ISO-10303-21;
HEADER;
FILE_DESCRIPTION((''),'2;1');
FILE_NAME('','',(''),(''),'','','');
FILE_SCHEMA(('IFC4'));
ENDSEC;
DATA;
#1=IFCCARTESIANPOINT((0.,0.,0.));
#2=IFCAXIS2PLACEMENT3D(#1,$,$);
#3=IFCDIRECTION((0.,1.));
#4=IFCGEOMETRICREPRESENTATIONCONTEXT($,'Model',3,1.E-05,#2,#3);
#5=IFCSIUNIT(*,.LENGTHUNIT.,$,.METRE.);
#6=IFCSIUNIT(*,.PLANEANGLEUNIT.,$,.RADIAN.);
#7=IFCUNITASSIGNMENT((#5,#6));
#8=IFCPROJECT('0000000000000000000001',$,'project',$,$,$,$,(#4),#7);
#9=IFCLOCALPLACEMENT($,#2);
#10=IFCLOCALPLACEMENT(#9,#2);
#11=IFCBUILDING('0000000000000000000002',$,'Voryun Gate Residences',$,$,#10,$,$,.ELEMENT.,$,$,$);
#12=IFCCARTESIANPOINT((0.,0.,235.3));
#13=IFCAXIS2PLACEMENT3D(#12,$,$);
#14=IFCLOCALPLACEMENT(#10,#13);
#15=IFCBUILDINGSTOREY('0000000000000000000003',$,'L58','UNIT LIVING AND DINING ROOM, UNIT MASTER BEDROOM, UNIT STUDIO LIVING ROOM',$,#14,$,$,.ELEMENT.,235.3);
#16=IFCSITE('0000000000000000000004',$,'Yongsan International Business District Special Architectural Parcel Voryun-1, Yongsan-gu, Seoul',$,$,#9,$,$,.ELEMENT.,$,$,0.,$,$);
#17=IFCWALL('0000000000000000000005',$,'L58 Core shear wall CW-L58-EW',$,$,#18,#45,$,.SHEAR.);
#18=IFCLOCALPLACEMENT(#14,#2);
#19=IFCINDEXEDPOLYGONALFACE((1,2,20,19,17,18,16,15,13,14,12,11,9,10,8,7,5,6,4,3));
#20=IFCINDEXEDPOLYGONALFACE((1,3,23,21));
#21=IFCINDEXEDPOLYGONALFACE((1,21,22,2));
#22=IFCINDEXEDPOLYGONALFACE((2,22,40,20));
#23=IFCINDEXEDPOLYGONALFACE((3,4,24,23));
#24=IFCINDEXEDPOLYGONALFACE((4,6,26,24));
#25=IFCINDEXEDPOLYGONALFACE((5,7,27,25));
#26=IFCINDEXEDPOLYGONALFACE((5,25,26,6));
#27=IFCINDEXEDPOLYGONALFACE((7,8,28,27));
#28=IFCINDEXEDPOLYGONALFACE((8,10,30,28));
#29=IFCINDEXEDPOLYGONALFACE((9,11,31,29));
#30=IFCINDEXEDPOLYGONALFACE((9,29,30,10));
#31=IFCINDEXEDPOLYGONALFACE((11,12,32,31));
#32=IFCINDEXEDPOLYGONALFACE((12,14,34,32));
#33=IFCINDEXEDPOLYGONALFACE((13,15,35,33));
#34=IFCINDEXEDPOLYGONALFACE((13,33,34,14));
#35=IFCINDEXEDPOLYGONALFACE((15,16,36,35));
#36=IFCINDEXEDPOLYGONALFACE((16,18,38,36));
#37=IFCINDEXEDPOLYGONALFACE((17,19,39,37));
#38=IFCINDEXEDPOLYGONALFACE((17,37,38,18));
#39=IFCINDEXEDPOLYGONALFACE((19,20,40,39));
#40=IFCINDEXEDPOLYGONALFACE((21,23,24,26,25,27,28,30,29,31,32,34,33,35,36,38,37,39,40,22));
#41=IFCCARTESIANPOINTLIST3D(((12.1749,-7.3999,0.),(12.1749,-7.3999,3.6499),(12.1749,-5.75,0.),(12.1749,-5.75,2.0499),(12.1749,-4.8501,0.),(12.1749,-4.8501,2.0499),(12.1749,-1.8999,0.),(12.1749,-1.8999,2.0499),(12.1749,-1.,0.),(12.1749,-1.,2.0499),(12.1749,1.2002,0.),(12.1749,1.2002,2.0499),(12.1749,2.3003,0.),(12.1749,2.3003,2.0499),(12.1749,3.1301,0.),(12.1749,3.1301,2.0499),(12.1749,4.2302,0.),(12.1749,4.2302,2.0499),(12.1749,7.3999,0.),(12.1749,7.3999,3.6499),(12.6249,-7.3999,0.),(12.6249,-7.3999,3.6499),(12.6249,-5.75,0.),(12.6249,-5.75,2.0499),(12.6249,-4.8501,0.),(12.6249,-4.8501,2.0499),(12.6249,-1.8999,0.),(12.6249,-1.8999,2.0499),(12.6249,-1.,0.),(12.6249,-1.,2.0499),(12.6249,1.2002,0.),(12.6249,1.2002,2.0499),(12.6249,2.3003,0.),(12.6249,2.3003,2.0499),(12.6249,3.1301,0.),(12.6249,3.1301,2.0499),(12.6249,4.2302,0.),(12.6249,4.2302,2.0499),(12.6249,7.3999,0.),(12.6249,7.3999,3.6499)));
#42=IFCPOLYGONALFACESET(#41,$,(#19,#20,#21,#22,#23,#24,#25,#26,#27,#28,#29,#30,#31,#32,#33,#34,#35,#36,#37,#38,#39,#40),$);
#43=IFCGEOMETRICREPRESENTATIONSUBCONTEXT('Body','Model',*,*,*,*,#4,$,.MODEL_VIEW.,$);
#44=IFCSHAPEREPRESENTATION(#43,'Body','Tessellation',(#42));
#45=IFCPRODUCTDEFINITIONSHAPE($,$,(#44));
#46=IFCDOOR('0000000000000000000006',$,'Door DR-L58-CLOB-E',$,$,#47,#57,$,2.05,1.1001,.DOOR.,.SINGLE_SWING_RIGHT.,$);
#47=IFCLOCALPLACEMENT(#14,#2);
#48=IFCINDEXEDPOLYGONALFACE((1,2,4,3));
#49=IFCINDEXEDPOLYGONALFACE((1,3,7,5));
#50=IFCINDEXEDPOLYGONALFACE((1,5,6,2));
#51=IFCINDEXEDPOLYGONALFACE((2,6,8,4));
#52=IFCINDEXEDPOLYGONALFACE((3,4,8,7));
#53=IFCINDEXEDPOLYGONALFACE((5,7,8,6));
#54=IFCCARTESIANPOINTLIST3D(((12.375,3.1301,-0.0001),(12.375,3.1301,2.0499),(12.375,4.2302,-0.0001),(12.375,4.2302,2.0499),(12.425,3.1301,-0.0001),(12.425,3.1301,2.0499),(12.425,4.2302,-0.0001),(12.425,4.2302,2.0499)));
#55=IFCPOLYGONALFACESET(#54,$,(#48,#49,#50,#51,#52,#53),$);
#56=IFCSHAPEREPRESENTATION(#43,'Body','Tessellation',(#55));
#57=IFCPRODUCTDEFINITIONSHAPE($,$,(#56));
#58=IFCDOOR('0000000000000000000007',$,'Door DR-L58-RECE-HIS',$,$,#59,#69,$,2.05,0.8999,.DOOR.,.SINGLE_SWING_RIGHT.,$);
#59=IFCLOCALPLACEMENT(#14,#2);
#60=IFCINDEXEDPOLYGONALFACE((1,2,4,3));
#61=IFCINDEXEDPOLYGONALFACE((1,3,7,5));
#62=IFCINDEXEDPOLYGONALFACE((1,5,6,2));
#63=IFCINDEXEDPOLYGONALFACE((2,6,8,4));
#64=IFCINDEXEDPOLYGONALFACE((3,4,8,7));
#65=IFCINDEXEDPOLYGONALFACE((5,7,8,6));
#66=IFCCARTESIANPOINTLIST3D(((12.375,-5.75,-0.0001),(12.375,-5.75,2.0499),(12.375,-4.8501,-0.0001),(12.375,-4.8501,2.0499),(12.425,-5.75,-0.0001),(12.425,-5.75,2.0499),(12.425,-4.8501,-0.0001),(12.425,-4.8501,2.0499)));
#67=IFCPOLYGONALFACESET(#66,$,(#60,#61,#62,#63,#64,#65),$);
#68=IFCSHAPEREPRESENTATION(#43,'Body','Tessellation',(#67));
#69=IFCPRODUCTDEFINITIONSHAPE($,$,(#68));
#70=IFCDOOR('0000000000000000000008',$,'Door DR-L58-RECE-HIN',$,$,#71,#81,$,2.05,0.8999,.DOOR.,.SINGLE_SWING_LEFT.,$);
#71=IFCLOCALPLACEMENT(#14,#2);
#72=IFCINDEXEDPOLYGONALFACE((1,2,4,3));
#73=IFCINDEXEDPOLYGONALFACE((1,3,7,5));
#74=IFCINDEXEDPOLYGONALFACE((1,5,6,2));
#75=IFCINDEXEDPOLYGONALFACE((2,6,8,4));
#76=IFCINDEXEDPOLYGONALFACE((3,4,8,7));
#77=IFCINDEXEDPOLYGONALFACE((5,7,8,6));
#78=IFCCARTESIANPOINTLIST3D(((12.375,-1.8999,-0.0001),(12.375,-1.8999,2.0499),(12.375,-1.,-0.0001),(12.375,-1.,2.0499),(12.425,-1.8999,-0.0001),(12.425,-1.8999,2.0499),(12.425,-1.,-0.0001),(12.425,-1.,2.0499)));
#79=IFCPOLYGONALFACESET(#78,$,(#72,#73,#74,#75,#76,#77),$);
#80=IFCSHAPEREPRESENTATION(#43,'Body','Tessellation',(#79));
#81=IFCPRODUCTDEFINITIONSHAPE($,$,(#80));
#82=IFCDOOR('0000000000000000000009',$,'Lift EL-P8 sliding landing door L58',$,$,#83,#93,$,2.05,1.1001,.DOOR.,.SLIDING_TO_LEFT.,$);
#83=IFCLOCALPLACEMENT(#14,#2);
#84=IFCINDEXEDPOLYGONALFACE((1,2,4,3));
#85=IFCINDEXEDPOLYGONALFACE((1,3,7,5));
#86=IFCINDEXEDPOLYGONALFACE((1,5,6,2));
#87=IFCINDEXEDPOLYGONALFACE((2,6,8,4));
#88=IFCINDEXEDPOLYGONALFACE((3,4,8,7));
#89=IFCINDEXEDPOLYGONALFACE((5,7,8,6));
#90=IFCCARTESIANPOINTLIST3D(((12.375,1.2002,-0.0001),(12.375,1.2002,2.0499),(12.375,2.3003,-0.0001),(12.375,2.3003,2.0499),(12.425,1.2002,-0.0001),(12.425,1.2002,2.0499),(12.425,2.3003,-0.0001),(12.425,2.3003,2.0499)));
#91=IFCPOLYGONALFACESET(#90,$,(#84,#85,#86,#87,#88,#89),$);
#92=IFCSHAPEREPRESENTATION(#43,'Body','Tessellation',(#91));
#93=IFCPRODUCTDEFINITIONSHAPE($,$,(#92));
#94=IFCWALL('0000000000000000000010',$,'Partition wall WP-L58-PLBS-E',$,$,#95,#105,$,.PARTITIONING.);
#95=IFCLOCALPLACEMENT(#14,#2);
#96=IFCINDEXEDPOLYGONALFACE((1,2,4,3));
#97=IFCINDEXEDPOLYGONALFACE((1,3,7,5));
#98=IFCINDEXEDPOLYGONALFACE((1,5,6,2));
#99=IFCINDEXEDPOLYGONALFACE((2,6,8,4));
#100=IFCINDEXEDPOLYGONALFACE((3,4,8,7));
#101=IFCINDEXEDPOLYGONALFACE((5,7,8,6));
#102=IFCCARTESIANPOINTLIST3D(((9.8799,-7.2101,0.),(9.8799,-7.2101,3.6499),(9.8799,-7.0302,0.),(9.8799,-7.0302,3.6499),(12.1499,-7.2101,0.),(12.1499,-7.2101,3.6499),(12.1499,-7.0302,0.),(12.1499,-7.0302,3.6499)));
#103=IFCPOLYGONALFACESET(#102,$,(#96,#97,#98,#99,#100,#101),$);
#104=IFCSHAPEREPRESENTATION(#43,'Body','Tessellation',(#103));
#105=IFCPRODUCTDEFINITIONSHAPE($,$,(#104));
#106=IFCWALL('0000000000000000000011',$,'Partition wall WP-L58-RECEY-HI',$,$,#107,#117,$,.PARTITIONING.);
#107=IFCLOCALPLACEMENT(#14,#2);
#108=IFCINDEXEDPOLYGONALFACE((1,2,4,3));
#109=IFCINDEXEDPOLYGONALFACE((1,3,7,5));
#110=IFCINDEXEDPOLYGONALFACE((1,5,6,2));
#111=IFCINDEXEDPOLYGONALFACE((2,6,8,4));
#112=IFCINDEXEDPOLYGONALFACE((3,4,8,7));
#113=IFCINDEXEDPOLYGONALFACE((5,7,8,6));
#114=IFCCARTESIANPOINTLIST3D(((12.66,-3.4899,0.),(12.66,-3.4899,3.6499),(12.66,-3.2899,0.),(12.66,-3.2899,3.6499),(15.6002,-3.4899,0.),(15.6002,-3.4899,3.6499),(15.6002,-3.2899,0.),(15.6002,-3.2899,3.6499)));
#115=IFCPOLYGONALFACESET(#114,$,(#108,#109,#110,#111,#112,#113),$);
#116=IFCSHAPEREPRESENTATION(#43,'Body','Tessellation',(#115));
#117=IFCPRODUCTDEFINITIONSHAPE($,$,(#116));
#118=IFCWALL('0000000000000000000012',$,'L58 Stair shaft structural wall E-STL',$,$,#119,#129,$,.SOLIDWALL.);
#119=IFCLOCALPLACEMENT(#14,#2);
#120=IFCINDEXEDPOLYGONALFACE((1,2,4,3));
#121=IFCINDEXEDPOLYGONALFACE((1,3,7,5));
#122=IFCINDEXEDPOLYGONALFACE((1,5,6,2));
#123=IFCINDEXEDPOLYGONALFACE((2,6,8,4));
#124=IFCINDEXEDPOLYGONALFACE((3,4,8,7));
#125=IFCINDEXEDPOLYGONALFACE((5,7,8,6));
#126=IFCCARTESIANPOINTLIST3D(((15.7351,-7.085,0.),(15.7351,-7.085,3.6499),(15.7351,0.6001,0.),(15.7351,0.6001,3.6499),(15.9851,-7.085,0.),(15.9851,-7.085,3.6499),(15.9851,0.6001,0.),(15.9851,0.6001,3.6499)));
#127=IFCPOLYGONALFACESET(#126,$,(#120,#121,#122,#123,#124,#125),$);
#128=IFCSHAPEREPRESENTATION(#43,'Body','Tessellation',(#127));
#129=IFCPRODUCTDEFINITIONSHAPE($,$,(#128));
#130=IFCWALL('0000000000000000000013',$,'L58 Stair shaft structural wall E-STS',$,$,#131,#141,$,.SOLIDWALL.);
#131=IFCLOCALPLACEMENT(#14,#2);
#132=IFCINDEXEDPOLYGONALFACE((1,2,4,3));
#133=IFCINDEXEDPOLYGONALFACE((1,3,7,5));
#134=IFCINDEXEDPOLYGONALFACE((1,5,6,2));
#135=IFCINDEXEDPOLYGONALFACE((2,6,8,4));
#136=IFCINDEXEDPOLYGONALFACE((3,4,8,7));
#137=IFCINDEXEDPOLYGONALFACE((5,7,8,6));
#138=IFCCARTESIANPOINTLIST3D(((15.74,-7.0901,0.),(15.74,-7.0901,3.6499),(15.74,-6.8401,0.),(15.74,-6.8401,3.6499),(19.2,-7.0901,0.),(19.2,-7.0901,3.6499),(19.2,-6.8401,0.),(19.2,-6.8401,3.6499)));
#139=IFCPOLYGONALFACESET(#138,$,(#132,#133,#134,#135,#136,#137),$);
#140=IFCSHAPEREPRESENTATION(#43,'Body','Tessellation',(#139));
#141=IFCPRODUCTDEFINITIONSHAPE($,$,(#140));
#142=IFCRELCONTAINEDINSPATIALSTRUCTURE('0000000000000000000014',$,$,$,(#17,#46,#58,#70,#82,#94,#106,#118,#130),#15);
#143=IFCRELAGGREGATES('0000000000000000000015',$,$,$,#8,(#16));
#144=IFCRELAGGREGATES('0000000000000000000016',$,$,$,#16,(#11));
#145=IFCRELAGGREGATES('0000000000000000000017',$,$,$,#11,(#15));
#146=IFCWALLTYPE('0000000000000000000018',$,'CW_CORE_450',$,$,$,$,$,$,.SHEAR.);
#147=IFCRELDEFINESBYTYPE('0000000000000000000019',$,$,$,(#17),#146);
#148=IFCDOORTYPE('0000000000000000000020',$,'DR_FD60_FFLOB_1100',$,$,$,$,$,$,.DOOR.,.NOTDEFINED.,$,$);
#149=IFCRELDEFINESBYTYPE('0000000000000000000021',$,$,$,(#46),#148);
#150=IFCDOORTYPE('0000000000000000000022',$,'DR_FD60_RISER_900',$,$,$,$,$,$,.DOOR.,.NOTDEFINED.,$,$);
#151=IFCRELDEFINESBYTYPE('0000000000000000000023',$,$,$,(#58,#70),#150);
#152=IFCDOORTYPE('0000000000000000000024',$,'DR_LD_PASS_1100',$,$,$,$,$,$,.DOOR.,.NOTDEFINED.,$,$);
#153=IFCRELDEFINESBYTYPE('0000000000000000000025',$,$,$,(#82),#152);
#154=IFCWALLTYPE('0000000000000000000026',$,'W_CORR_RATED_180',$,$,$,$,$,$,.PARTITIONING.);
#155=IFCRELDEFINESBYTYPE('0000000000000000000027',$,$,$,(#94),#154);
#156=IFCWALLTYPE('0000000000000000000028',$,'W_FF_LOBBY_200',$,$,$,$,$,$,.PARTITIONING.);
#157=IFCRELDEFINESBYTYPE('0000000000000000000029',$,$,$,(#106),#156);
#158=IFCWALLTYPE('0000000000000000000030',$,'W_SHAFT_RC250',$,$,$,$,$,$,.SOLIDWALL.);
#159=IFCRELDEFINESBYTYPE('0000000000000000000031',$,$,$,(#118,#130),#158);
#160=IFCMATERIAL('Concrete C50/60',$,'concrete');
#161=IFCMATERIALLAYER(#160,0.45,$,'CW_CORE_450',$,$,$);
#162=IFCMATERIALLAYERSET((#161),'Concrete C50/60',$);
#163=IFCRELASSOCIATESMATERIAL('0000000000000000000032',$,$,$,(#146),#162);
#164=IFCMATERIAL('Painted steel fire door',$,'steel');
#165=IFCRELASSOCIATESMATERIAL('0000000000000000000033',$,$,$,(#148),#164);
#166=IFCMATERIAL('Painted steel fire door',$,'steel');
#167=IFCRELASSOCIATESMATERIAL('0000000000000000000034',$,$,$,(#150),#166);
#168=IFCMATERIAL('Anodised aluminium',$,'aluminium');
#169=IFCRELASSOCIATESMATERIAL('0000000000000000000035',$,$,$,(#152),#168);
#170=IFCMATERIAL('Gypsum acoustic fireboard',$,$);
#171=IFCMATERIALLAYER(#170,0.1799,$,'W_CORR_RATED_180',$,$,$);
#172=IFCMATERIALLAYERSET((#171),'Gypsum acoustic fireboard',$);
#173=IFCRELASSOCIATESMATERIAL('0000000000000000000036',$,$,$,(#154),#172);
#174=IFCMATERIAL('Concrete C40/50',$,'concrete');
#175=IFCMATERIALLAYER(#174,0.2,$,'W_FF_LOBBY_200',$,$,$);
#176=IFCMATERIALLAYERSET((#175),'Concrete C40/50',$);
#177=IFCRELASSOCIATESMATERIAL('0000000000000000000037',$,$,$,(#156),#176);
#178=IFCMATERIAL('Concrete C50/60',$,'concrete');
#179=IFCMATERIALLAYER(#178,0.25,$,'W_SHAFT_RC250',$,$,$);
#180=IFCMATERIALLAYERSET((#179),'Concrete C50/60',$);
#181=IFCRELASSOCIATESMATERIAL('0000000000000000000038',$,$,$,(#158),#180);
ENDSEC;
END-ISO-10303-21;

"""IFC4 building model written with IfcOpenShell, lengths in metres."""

from ifc_helpers import new_model, si_unit, direction, frame, frame_2d, origin, place, context, subcontext, project, spatial, rectangle, extrude, material, layer, layer_set, type_object, element, fill, save


model = new_model("IFC4")

# Units and contexts
model_context = context("Model", 3, precision=1e-05, world=origin(), true_north=direction((0.0, 1.0)))
body_context = subcontext(model_context, "Body", "Model", "MODEL_VIEW")
ifc_project = project(units=[si_unit("LENGTHUNIT", "METRE"), si_unit("PLANEANGLEUNIT", "RADIAN")], contexts=[model_context])

# Site, building, storey
site_placement = place(None, origin())
site = spatial("IfcSite", under=ifc_project, at=site_placement, Name="Yongsan International Business District Special Architectural Parcel Voryun-1, Yongsan-gu, Seoul", CompositionType="ELEMENT", RefElevation=0.0)
building_placement = place(site_placement, origin())
building = spatial("IfcBuilding", under=site, at=building_placement, Name="Voryun Gate Residences", CompositionType="ELEMENT")
storey_placement = place(building_placement, frame((0.0, 0.0, 235.3)))
storey = spatial("IfcBuildingStorey", under=building, at=storey_placement, Name="L58", Description="UNIT LIVING AND DINING ROOM, UNIT MASTER BEDROOM, UNIT STUDIO LIVING ROOM", CompositionType="ELEMENT", Elevation=235.3)

# Shared definitions
ifc_material_1 = material(Name="Concrete C50/60", Category="concrete")
ifc_layer_1 = layer(ifc_material_1, 0.45, Name="CW_CORE_450")
ifc_layer_set_1 = layer_set([ifc_layer_1], Name="Concrete C50/60")
wall_type_1 = type_object("IfcWallType", Name="CW_CORE_450", PredefinedType="SHEAR", material=ifc_layer_set_1)

# Wall, openings, doors
wall_1_placement = place(storey_placement, frame((12.3999, -7.3999, 0.0), z_axis=(0.0, 0.0, 1.0), x_axis=(0.0, 1.0, 0.0)))
wall_1 = element("IfcWall", 1, at=wall_1_placement, inside=storey, type_object=wall_type_1, Name="L58 Core shear wall CW-L58-EW", PredefinedType="SHEAR", context=body_context, shape_type="SweptSolid", body=[
    extrude(rectangle(XDim=14.7998, YDim=0.45, at=frame_2d((7.3999, 0.0))), origin(), (0.0, 0.0, 1.0), 3.6499),
])
opening_1_placement = place(wall_1_placement, frame((8.6001, 0.0, 0.0)))
opening_1 = element("IfcOpeningElement", 2, at=opening_1_placement, cuts=wall_1, PredefinedType="OPENING", context=body_context, shape_type="SweptSolid", body=[
    extrude(rectangle(XDim=1.1001, YDim=2.05, at=frame_2d((0.55, 1.0249))), frame((0.0, 0.2351, 0.0), z_axis=(0.0, -1.0, 0.0), x_axis=(1.0, 0.0, 0.0)), (0.0, 0.0, 1.0), 0.47),
])
opening_2_placement = place(wall_1_placement, frame((10.53, 0.0, 0.0)))
opening_2 = element("IfcOpeningElement", 3, at=opening_2_placement, cuts=wall_1, PredefinedType="OPENING", context=body_context, shape_type="SweptSolid", body=[
    extrude(rectangle(XDim=1.1001, YDim=2.05, at=frame_2d((0.55, 1.0249))), frame((0.0, 0.2351, 0.0), z_axis=(0.0, -1.0, 0.0), x_axis=(1.0, 0.0, 0.0)), (0.0, 0.0, 1.0), 0.47),
])
opening_3_placement = place(wall_1_placement, frame((1.6499, 0.0, 0.0)))
opening_3 = element("IfcOpeningElement", 4, at=opening_3_placement, cuts=wall_1, PredefinedType="OPENING", context=body_context, shape_type="SweptSolid", body=[
    extrude(rectangle(XDim=0.8999, YDim=2.05, at=frame_2d((0.45, 1.0249))), frame((0.0, 0.2351, 0.0), z_axis=(0.0, -1.0, 0.0), x_axis=(1.0, 0.0, 0.0)), (0.0, 0.0, 1.0), 0.47),
])
opening_4_placement = place(wall_1_placement, frame((5.5, 0.0, 0.0)))
opening_4 = element("IfcOpeningElement", 5, at=opening_4_placement, cuts=wall_1, PredefinedType="OPENING", context=body_context, shape_type="SweptSolid", body=[
    extrude(rectangle(XDim=0.8999, YDim=2.05, at=frame_2d((0.45, 1.0249))), frame((0.0, 0.2351, 0.0), z_axis=(0.0, -1.0, 0.0), x_axis=(1.0, 0.0, 0.0)), (0.0, 0.0, 1.0), 0.47),
])
ifc_material_2 = material(Name="Painted steel fire door", Category="steel")
door_type_1 = type_object("IfcDoorType", Name="DR_FD60_FFLOB_1100", OperationType="NOTDEFINED", PredefinedType="DOOR", material=ifc_material_2)
door_1_placement = place(opening_2_placement, origin())
door_1 = element("IfcDoor", 6, at=door_1_placement, inside=storey, type_object=door_type_1, Name="Door DR-L58-CLOB-E", OperationType="SINGLE_SWING_RIGHT", OverallHeight=2.05, OverallWidth=1.1001, PredefinedType="DOOR", context=body_context, shape_type="SweptSolid", body=[
    extrude(rectangle(XDim=1.1001, YDim=2.05, at=frame_2d((0.55, 1.0249))), frame((0.0, 0.0249, 0.0), z_axis=(0.0, -1.0, 0.0), x_axis=(1.0, 0.0, 0.0)), (0.0, 0.0, 1.0), 0.05),
])
fill(opening_2, door_1)
ifc_material_3 = material(Name="Painted steel fire door", Category="steel")
door_type_2 = type_object("IfcDoorType", Name="DR_FD60_RISER_900", OperationType="NOTDEFINED", PredefinedType="DOOR", material=ifc_material_3)
door_2_placement = place(opening_3_placement, origin())
door_2 = element("IfcDoor", 7, at=door_2_placement, inside=storey, type_object=door_type_2, Name="Door DR-L58-RECE-HIS", OperationType="SINGLE_SWING_RIGHT", OverallHeight=2.05, OverallWidth=0.8999, PredefinedType="DOOR", context=body_context, shape_type="SweptSolid", body=[
    extrude(rectangle(XDim=0.8999, YDim=2.05, at=frame_2d((0.45, 1.0249))), frame((0.0, 0.0249, 0.0), z_axis=(0.0, -1.0, 0.0), x_axis=(1.0, 0.0, 0.0)), (0.0, 0.0, 1.0), 0.05),
])
fill(opening_3, door_2)
door_3_placement = place(opening_4_placement, origin())
door_3 = element("IfcDoor", 8, at=door_3_placement, inside=storey, type_object=door_type_2, Name="Door DR-L58-RECE-HIN", OperationType="SINGLE_SWING_LEFT", OverallHeight=2.05, OverallWidth=0.8999, PredefinedType="DOOR", context=body_context, shape_type="SweptSolid", body=[
    extrude(rectangle(XDim=0.8999, YDim=2.05, at=frame_2d((0.45, 1.0249))), frame((0.0, 0.0249, 0.0), z_axis=(0.0, -1.0, 0.0), x_axis=(1.0, 0.0, 0.0)), (0.0, 0.0, 1.0), 0.05),
])
fill(opening_4, door_3)
ifc_material_4 = material(Name="Anodised aluminium", Category="aluminium")
door_type_3 = type_object("IfcDoorType", Name="DR_LD_PASS_1100", OperationType="NOTDEFINED", PredefinedType="DOOR", material=ifc_material_4)
door_4_placement = place(opening_1_placement, origin())
door_4 = element("IfcDoor", 9, at=door_4_placement, inside=storey, type_object=door_type_3, Name="Lift EL-P8 sliding landing door L58", OperationType="SLIDING_TO_LEFT", OverallHeight=2.05, OverallWidth=1.1001, PredefinedType="DOOR", context=body_context, shape_type="SweptSolid", body=[
    extrude(rectangle(XDim=1.1001, YDim=2.05, at=frame_2d((0.55, 1.0249))), frame((0.0, 0.0249, 0.0), z_axis=(0.0, -1.0, 0.0), x_axis=(1.0, 0.0, 0.0)), (0.0, 0.0, 1.0), 0.05),
])
fill(opening_1, door_4)

# Walls
ifc_material_5 = material(Name="Gypsum acoustic fireboard")
ifc_layer_2 = layer(ifc_material_5, 0.1799, Name="W_CORR_RATED_180")
ifc_layer_set_2 = layer_set([ifc_layer_2], Name="Gypsum acoustic fireboard")
wall_type_2 = type_object("IfcWallType", Name="W_CORR_RATED_180", PredefinedType="PARTITIONING", material=ifc_layer_set_2)
wall_2_placement = place(storey_placement, frame((9.8799, -7.1201, 0.0), z_axis=(0.0, 0.0, 1.0), x_axis=(1.0, 0.0, 0.0)))
element("IfcWall", 10, at=wall_2_placement, inside=storey, type_object=wall_type_2, Name="Partition wall WP-L58-PLBS-E", PredefinedType="PARTITIONING", context=body_context, shape_type="SweptSolid", body=[
    extrude(rectangle(XDim=2.27, YDim=0.1799, at=frame_2d((1.135, 0.0))), origin(), (0.0, 0.0, 1.0), 3.6499),
])
ifc_material_6 = material(Name="Concrete C40/50", Category="concrete")
ifc_layer_3 = layer(ifc_material_6, 0.2, Name="W_FF_LOBBY_200")
ifc_layer_set_3 = layer_set([ifc_layer_3], Name="Concrete C40/50")
wall_type_3 = type_object("IfcWallType", Name="W_FF_LOBBY_200", PredefinedType="PARTITIONING", material=ifc_layer_set_3)
wall_3_placement = place(storey_placement, frame((12.6599, -3.3899, 0.0), z_axis=(0.0, 0.0, 1.0), x_axis=(1.0, 0.0, 0.0)))
element("IfcWall", 11, at=wall_3_placement, inside=storey, type_object=wall_type_3, Name="Partition wall WP-L58-RECEY-HI", PredefinedType="PARTITIONING", context=body_context, shape_type="SweptSolid", body=[
    extrude(rectangle(XDim=2.9402, YDim=0.2, at=frame_2d((1.4702, 0.0))), origin(), (0.0, 0.0, 1.0), 3.6499),
])
ifc_material_7 = material(Name="Concrete C50/60", Category="concrete")
ifc_layer_4 = layer(ifc_material_7, 0.25, Name="W_SHAFT_RC250")
ifc_layer_set_4 = layer_set([ifc_layer_4], Name="Concrete C50/60")
wall_type_4 = type_object("IfcWallType", Name="W_SHAFT_RC250", PredefinedType="SOLIDWALL", material=ifc_layer_set_4)
wall_4_placement = place(storey_placement, frame((15.8601, -7.085, 0.0), z_axis=(0.0, 0.0, 1.0), x_axis=(0.0, 1.0, 0.0)))
element("IfcWall", 12, at=wall_4_placement, inside=storey, type_object=wall_type_4, Name="L58 Stair shaft structural wall E-STL", PredefinedType="SOLIDWALL", context=body_context, shape_type="SweptSolid", body=[
    extrude(rectangle(XDim=7.6851, YDim=0.25, at=frame_2d((3.8425, 0.0))), origin(), (0.0, 0.0, 1.0), 3.6499),
])
wall_5_placement = place(storey_placement, frame((15.74, -6.9651, 0.0), z_axis=(0.0, 0.0, 1.0), x_axis=(1.0, 0.0, 0.0)))
element("IfcWall", 13, at=wall_5_placement, inside=storey, type_object=wall_type_4, Name="L58 Stair shaft structural wall E-STS", PredefinedType="SOLIDWALL", context=body_context, shape_type="SweptSolid", body=[
    extrude(rectangle(XDim=3.46, YDim=0.25, at=frame_2d((1.73, 0.0))), origin(), (0.0, 0.0, 1.0), 3.6499),
])

save(model, "model.ifc")
